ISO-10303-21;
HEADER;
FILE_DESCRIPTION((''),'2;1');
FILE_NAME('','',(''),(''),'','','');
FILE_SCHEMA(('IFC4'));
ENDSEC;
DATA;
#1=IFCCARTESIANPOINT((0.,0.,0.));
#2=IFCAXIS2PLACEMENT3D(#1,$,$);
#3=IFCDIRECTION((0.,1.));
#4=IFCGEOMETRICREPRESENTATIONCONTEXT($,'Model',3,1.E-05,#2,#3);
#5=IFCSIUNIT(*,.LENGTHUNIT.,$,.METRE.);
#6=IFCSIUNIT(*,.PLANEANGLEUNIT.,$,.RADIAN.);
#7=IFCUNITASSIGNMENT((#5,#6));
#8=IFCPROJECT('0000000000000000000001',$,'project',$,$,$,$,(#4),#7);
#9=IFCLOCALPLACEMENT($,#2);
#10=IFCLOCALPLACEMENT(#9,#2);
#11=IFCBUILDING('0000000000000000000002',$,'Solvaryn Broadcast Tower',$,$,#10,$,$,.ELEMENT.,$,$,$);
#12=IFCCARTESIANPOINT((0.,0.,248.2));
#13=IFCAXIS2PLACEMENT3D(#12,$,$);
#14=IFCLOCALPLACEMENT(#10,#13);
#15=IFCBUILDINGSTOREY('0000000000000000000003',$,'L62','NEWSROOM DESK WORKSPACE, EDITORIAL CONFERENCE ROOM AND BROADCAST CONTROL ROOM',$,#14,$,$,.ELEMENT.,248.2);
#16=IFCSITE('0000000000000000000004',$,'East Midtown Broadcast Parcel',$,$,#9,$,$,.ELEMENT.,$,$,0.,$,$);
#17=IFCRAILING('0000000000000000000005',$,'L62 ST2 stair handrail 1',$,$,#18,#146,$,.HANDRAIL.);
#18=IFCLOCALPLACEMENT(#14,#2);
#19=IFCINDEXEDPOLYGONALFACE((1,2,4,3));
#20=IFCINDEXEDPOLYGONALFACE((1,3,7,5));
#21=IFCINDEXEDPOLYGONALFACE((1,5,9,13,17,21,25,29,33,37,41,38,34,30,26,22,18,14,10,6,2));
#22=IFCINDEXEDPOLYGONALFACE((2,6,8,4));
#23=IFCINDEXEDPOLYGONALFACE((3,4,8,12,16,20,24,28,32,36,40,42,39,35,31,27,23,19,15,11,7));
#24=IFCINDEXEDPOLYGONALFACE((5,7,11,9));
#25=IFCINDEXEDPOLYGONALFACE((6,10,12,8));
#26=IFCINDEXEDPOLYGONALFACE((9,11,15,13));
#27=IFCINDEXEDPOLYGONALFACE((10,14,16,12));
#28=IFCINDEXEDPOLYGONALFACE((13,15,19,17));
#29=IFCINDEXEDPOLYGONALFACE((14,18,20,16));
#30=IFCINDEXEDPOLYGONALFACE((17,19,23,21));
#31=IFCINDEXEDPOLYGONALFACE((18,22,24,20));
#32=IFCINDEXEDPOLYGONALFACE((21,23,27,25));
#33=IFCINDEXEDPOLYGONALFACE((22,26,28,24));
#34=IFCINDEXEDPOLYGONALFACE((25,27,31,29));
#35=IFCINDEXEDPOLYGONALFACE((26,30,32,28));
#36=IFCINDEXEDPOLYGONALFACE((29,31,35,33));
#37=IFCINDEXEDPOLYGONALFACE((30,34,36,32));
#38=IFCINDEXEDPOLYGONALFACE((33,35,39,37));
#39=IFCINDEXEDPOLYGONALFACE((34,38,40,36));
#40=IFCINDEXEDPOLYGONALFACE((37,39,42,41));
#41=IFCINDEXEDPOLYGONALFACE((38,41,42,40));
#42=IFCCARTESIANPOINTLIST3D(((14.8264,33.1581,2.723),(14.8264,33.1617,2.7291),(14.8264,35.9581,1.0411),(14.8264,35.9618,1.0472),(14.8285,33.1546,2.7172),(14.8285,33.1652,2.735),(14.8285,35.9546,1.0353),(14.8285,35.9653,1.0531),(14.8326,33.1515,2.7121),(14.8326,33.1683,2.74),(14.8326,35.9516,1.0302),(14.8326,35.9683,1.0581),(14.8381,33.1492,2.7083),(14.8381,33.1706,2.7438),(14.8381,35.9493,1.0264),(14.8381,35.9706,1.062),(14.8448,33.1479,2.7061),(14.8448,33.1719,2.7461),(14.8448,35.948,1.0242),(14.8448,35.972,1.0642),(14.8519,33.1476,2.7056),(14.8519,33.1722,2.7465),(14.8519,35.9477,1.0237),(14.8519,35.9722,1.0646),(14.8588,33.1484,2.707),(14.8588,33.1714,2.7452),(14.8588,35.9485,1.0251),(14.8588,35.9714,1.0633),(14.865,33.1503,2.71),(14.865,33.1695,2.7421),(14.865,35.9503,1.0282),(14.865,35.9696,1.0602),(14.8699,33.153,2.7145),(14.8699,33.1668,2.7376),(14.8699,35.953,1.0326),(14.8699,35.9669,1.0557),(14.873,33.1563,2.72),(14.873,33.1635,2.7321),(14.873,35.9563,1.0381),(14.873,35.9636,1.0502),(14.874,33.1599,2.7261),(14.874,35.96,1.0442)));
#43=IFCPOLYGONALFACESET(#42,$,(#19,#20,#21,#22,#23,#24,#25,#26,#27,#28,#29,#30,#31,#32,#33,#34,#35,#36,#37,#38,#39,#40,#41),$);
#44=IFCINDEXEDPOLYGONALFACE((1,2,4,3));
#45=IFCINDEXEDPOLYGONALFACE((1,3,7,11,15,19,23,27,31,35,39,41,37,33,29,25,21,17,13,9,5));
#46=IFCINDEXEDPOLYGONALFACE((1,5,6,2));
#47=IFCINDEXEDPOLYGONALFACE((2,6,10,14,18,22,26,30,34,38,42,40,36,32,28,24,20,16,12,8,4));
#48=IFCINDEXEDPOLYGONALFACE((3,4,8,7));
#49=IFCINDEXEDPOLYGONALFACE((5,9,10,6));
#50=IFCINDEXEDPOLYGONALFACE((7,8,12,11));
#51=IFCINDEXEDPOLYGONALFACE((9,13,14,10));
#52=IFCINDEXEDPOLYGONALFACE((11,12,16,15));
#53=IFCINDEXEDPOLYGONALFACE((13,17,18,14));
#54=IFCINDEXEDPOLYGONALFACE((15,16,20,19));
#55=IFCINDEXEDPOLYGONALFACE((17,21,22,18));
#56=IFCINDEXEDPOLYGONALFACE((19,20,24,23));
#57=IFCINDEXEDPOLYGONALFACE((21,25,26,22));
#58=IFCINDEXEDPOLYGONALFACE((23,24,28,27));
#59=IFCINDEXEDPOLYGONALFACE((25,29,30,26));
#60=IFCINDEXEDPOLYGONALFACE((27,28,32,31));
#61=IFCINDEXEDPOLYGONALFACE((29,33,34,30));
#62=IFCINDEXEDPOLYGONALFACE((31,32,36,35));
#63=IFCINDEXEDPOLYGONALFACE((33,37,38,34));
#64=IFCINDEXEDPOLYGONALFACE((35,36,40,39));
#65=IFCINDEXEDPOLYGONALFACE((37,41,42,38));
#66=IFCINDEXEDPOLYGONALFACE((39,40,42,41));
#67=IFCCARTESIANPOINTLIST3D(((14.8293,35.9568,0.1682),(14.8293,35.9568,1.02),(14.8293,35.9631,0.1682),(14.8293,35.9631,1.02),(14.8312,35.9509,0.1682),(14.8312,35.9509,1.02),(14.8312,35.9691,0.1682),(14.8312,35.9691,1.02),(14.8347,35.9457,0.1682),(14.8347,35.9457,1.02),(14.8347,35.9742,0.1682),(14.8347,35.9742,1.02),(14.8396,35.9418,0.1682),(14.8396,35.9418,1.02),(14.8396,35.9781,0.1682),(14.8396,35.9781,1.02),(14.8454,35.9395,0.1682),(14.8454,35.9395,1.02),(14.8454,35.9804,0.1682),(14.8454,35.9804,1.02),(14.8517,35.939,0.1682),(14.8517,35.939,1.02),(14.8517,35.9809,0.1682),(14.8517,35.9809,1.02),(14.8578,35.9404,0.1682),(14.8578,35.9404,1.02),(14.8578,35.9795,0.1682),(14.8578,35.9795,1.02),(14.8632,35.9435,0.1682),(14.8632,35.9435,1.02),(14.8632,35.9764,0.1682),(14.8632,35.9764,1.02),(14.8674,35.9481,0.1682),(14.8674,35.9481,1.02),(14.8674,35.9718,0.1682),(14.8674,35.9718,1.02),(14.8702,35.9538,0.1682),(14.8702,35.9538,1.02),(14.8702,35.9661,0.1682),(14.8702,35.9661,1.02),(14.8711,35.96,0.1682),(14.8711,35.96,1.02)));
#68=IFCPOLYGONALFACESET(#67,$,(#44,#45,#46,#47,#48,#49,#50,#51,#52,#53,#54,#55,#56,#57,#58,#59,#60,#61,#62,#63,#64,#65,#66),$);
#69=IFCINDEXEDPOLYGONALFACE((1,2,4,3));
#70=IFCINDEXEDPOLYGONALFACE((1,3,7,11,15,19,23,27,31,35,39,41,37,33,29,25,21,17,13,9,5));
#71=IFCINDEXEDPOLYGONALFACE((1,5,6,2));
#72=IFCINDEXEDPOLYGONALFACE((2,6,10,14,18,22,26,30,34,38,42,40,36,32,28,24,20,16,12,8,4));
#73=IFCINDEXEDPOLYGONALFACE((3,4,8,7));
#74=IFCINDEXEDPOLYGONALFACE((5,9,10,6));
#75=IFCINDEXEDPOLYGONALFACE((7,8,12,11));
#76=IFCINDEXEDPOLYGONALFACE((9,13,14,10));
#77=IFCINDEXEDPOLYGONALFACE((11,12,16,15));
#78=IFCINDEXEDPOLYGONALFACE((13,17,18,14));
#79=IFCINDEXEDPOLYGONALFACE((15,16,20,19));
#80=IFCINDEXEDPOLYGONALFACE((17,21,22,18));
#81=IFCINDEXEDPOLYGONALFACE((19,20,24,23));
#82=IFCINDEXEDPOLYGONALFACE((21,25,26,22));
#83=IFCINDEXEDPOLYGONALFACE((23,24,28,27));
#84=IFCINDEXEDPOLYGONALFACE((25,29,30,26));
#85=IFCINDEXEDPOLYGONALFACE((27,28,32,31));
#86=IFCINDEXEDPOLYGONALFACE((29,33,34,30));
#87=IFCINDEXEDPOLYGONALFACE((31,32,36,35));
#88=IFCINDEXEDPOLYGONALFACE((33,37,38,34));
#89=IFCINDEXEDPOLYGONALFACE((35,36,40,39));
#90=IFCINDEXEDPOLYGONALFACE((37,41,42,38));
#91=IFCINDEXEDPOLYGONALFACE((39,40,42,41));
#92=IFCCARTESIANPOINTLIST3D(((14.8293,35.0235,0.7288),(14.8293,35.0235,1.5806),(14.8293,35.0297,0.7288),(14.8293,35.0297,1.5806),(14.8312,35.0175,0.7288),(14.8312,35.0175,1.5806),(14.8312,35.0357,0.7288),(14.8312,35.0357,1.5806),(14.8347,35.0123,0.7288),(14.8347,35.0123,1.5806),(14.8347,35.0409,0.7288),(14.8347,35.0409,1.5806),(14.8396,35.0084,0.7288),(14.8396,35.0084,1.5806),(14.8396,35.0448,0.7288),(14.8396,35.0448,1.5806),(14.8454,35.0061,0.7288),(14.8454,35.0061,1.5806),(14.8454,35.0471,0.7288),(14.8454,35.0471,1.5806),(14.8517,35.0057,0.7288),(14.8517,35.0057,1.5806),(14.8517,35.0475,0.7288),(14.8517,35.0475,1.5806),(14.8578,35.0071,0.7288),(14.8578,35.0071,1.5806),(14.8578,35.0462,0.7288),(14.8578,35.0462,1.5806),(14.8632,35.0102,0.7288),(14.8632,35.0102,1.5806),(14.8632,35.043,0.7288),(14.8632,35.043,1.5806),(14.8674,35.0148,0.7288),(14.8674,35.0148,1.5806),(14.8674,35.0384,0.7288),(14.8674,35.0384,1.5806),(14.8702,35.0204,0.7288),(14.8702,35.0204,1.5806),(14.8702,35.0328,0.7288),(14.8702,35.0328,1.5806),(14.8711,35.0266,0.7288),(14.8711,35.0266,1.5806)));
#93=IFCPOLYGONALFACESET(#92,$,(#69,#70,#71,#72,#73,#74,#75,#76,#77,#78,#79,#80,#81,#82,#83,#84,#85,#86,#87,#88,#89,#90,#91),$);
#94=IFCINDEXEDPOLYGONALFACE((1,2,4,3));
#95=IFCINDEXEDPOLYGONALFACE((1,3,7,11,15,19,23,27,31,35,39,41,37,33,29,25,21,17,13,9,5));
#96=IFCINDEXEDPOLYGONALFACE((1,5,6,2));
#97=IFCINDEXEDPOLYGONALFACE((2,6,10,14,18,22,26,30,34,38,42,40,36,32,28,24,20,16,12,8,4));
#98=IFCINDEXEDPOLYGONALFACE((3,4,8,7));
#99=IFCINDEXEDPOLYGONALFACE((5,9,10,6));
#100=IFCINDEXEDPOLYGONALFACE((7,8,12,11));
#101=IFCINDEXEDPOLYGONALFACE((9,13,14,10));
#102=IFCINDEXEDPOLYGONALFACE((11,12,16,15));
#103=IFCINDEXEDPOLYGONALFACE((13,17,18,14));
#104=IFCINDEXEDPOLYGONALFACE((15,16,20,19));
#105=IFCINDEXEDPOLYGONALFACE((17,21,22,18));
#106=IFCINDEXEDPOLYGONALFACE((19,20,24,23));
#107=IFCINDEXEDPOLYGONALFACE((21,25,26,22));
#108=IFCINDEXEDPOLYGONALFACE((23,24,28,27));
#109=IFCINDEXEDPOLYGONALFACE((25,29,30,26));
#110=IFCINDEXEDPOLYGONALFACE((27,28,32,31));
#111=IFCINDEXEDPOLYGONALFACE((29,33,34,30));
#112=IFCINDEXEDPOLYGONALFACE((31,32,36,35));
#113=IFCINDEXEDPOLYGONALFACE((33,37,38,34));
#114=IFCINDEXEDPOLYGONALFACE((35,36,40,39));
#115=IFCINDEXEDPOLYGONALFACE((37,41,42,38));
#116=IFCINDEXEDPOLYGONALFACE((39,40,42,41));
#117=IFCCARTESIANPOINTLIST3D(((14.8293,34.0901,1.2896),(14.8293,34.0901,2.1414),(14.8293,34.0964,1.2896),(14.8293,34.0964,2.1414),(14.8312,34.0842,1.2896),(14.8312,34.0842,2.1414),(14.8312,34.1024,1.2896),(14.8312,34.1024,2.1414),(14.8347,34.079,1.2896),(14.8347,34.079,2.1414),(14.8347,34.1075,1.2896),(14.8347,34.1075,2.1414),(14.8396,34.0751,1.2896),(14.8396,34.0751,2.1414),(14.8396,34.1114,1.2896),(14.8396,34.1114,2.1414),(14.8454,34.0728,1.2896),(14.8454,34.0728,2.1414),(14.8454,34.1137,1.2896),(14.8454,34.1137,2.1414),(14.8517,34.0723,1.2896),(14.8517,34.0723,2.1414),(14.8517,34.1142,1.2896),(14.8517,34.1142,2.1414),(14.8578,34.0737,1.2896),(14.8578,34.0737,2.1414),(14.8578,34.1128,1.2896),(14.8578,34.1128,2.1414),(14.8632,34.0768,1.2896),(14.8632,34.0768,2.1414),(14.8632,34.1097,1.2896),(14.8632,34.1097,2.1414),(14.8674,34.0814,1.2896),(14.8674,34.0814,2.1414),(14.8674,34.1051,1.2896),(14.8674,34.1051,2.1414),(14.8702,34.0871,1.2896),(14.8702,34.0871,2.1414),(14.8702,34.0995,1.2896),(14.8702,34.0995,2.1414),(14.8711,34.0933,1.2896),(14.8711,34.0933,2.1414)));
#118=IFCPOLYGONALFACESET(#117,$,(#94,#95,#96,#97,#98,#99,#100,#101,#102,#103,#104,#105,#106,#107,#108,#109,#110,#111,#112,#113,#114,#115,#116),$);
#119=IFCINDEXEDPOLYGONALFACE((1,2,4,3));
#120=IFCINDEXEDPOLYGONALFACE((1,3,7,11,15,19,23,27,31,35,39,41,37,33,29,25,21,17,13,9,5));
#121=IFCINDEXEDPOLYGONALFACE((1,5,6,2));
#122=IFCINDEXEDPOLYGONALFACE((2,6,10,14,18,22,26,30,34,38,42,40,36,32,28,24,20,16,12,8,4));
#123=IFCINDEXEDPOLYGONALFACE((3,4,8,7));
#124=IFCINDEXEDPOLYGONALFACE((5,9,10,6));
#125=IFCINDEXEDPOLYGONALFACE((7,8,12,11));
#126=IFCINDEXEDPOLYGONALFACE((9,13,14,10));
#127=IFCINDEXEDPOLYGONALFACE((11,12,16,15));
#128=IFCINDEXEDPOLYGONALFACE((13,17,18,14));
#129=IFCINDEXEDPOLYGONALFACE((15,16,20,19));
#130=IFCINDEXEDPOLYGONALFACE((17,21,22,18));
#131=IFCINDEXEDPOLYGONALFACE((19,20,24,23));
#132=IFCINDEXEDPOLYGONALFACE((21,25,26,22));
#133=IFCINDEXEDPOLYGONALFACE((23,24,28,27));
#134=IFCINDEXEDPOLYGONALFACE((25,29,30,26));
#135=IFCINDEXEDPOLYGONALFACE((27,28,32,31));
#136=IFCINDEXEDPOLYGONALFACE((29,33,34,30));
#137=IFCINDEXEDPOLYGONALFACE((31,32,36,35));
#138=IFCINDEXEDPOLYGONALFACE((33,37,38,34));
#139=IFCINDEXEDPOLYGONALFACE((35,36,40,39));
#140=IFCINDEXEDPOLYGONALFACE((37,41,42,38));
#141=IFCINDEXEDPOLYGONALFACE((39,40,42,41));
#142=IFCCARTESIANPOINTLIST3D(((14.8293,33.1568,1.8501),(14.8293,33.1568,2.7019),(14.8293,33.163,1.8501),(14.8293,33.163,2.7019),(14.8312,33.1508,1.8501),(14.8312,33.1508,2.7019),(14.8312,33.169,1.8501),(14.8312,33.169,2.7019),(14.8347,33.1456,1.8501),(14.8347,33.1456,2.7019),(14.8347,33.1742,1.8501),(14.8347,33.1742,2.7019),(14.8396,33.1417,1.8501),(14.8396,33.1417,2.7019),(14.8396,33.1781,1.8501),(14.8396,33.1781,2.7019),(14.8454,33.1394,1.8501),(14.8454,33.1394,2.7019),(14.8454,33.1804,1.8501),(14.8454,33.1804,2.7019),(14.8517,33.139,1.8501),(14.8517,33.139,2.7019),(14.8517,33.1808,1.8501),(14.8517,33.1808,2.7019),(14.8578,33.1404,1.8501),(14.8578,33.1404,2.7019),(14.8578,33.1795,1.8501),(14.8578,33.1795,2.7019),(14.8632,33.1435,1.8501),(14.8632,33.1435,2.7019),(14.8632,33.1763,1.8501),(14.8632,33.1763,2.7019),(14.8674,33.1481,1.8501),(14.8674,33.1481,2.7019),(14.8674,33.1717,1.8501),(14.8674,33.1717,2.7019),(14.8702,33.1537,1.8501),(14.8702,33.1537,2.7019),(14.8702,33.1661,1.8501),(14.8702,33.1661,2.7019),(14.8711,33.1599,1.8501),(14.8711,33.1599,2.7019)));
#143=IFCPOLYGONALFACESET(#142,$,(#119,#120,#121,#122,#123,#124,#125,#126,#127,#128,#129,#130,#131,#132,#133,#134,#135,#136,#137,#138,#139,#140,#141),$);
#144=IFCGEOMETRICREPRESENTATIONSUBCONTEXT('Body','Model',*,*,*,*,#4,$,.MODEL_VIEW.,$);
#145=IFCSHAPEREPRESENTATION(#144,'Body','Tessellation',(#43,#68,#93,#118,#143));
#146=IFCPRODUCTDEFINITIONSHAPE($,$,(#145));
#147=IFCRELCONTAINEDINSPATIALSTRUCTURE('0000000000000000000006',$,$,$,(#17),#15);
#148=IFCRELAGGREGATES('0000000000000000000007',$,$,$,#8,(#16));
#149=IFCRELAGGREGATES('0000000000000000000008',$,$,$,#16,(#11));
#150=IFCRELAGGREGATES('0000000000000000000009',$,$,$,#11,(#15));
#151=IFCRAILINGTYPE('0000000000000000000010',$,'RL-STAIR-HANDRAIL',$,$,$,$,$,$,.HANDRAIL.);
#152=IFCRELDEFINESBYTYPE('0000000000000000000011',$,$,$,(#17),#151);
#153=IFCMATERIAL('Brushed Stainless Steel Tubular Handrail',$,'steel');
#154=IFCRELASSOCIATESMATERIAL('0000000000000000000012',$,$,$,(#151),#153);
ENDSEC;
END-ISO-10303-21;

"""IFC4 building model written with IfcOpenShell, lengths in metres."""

from ifc_helpers import new_model, si_unit, direction, frame, origin, origin_2d, place, context, subcontext, project, spatial, circle, extrude, material, type_object, element, save


model = new_model("IFC4")

# Units and contexts
model_context = context("Model", 3, precision=1e-05, world=origin(), true_north=direction((0.0, 1.0)))
body_context = subcontext(model_context, "Body", "Model", "MODEL_VIEW")
ifc_project = project(units=[si_unit("LENGTHUNIT", "METRE"), si_unit("PLANEANGLEUNIT", "RADIAN")], contexts=[model_context])

# Site, building, storey
site_placement = place(None, origin())
site = spatial("IfcSite", under=ifc_project, at=site_placement, Name="East Midtown Broadcast Parcel", CompositionType="ELEMENT", RefElevation=0.0)
building_placement = place(site_placement, origin())
building = spatial("IfcBuilding", under=site, at=building_placement, Name="Solvaryn Broadcast Tower", CompositionType="ELEMENT")
storey_placement = place(building_placement, frame((0.0, 0.0, 248.2)))
storey = spatial("IfcBuildingStorey", under=building, at=storey_placement, Name="L62", Description="NEWSROOM DESK WORKSPACE, EDITORIAL CONFERENCE ROOM AND BROADCAST CONTROL ROOM", CompositionType="ELEMENT", Elevation=248.2)

# Railing
ifc_material_1 = material(Name="Brushed Stainless Steel Tubular Handrail", Category="steel")
railing_type_1 = type_object("IfcRailingType", Name="RL-STAIR-HANDRAIL", PredefinedType="HANDRAIL", material=ifc_material_1)
railing_1_placement = place(storey_placement, frame((14.8501, 35.96, 0.1682)))
element("IfcRailing", 1, at=railing_1_placement, inside=storey, type_object=railing_type_1, Name="L62 ST2 stair handrail 1", PredefinedType="HANDRAIL", context=body_context, shape_type="SweptSolid", body=[
    extrude(circle(Radius=0.0239, at=origin_2d()), frame((0.0, 0.0, 0.876), z_axis=(0.0, -0.857242, 0.514913), x_axis=(1.0, 0.0, 0.0)), (0.0, 0.0, 1.0), 3.2664),
    extrude(circle(Radius=0.021, at=origin_2d()), origin(), (0.0, 0.0, 1.0), 0.8518),
    extrude(circle(Radius=0.021, at=origin_2d()), frame((0.0, -0.9333, 0.5605)), (0.0, 0.0, 1.0), 0.8518),
    extrude(circle(Radius=0.021, at=origin_2d()), frame((0.0, -1.8667, 1.1213)), (0.0, 0.0, 1.0), 0.8518),
    extrude(circle(Radius=0.021, at=origin_2d()), frame((0.0, -2.8, 1.6819)), (0.0, 0.0, 1.0), 0.8518),
])

save(model, "model.ifc")
